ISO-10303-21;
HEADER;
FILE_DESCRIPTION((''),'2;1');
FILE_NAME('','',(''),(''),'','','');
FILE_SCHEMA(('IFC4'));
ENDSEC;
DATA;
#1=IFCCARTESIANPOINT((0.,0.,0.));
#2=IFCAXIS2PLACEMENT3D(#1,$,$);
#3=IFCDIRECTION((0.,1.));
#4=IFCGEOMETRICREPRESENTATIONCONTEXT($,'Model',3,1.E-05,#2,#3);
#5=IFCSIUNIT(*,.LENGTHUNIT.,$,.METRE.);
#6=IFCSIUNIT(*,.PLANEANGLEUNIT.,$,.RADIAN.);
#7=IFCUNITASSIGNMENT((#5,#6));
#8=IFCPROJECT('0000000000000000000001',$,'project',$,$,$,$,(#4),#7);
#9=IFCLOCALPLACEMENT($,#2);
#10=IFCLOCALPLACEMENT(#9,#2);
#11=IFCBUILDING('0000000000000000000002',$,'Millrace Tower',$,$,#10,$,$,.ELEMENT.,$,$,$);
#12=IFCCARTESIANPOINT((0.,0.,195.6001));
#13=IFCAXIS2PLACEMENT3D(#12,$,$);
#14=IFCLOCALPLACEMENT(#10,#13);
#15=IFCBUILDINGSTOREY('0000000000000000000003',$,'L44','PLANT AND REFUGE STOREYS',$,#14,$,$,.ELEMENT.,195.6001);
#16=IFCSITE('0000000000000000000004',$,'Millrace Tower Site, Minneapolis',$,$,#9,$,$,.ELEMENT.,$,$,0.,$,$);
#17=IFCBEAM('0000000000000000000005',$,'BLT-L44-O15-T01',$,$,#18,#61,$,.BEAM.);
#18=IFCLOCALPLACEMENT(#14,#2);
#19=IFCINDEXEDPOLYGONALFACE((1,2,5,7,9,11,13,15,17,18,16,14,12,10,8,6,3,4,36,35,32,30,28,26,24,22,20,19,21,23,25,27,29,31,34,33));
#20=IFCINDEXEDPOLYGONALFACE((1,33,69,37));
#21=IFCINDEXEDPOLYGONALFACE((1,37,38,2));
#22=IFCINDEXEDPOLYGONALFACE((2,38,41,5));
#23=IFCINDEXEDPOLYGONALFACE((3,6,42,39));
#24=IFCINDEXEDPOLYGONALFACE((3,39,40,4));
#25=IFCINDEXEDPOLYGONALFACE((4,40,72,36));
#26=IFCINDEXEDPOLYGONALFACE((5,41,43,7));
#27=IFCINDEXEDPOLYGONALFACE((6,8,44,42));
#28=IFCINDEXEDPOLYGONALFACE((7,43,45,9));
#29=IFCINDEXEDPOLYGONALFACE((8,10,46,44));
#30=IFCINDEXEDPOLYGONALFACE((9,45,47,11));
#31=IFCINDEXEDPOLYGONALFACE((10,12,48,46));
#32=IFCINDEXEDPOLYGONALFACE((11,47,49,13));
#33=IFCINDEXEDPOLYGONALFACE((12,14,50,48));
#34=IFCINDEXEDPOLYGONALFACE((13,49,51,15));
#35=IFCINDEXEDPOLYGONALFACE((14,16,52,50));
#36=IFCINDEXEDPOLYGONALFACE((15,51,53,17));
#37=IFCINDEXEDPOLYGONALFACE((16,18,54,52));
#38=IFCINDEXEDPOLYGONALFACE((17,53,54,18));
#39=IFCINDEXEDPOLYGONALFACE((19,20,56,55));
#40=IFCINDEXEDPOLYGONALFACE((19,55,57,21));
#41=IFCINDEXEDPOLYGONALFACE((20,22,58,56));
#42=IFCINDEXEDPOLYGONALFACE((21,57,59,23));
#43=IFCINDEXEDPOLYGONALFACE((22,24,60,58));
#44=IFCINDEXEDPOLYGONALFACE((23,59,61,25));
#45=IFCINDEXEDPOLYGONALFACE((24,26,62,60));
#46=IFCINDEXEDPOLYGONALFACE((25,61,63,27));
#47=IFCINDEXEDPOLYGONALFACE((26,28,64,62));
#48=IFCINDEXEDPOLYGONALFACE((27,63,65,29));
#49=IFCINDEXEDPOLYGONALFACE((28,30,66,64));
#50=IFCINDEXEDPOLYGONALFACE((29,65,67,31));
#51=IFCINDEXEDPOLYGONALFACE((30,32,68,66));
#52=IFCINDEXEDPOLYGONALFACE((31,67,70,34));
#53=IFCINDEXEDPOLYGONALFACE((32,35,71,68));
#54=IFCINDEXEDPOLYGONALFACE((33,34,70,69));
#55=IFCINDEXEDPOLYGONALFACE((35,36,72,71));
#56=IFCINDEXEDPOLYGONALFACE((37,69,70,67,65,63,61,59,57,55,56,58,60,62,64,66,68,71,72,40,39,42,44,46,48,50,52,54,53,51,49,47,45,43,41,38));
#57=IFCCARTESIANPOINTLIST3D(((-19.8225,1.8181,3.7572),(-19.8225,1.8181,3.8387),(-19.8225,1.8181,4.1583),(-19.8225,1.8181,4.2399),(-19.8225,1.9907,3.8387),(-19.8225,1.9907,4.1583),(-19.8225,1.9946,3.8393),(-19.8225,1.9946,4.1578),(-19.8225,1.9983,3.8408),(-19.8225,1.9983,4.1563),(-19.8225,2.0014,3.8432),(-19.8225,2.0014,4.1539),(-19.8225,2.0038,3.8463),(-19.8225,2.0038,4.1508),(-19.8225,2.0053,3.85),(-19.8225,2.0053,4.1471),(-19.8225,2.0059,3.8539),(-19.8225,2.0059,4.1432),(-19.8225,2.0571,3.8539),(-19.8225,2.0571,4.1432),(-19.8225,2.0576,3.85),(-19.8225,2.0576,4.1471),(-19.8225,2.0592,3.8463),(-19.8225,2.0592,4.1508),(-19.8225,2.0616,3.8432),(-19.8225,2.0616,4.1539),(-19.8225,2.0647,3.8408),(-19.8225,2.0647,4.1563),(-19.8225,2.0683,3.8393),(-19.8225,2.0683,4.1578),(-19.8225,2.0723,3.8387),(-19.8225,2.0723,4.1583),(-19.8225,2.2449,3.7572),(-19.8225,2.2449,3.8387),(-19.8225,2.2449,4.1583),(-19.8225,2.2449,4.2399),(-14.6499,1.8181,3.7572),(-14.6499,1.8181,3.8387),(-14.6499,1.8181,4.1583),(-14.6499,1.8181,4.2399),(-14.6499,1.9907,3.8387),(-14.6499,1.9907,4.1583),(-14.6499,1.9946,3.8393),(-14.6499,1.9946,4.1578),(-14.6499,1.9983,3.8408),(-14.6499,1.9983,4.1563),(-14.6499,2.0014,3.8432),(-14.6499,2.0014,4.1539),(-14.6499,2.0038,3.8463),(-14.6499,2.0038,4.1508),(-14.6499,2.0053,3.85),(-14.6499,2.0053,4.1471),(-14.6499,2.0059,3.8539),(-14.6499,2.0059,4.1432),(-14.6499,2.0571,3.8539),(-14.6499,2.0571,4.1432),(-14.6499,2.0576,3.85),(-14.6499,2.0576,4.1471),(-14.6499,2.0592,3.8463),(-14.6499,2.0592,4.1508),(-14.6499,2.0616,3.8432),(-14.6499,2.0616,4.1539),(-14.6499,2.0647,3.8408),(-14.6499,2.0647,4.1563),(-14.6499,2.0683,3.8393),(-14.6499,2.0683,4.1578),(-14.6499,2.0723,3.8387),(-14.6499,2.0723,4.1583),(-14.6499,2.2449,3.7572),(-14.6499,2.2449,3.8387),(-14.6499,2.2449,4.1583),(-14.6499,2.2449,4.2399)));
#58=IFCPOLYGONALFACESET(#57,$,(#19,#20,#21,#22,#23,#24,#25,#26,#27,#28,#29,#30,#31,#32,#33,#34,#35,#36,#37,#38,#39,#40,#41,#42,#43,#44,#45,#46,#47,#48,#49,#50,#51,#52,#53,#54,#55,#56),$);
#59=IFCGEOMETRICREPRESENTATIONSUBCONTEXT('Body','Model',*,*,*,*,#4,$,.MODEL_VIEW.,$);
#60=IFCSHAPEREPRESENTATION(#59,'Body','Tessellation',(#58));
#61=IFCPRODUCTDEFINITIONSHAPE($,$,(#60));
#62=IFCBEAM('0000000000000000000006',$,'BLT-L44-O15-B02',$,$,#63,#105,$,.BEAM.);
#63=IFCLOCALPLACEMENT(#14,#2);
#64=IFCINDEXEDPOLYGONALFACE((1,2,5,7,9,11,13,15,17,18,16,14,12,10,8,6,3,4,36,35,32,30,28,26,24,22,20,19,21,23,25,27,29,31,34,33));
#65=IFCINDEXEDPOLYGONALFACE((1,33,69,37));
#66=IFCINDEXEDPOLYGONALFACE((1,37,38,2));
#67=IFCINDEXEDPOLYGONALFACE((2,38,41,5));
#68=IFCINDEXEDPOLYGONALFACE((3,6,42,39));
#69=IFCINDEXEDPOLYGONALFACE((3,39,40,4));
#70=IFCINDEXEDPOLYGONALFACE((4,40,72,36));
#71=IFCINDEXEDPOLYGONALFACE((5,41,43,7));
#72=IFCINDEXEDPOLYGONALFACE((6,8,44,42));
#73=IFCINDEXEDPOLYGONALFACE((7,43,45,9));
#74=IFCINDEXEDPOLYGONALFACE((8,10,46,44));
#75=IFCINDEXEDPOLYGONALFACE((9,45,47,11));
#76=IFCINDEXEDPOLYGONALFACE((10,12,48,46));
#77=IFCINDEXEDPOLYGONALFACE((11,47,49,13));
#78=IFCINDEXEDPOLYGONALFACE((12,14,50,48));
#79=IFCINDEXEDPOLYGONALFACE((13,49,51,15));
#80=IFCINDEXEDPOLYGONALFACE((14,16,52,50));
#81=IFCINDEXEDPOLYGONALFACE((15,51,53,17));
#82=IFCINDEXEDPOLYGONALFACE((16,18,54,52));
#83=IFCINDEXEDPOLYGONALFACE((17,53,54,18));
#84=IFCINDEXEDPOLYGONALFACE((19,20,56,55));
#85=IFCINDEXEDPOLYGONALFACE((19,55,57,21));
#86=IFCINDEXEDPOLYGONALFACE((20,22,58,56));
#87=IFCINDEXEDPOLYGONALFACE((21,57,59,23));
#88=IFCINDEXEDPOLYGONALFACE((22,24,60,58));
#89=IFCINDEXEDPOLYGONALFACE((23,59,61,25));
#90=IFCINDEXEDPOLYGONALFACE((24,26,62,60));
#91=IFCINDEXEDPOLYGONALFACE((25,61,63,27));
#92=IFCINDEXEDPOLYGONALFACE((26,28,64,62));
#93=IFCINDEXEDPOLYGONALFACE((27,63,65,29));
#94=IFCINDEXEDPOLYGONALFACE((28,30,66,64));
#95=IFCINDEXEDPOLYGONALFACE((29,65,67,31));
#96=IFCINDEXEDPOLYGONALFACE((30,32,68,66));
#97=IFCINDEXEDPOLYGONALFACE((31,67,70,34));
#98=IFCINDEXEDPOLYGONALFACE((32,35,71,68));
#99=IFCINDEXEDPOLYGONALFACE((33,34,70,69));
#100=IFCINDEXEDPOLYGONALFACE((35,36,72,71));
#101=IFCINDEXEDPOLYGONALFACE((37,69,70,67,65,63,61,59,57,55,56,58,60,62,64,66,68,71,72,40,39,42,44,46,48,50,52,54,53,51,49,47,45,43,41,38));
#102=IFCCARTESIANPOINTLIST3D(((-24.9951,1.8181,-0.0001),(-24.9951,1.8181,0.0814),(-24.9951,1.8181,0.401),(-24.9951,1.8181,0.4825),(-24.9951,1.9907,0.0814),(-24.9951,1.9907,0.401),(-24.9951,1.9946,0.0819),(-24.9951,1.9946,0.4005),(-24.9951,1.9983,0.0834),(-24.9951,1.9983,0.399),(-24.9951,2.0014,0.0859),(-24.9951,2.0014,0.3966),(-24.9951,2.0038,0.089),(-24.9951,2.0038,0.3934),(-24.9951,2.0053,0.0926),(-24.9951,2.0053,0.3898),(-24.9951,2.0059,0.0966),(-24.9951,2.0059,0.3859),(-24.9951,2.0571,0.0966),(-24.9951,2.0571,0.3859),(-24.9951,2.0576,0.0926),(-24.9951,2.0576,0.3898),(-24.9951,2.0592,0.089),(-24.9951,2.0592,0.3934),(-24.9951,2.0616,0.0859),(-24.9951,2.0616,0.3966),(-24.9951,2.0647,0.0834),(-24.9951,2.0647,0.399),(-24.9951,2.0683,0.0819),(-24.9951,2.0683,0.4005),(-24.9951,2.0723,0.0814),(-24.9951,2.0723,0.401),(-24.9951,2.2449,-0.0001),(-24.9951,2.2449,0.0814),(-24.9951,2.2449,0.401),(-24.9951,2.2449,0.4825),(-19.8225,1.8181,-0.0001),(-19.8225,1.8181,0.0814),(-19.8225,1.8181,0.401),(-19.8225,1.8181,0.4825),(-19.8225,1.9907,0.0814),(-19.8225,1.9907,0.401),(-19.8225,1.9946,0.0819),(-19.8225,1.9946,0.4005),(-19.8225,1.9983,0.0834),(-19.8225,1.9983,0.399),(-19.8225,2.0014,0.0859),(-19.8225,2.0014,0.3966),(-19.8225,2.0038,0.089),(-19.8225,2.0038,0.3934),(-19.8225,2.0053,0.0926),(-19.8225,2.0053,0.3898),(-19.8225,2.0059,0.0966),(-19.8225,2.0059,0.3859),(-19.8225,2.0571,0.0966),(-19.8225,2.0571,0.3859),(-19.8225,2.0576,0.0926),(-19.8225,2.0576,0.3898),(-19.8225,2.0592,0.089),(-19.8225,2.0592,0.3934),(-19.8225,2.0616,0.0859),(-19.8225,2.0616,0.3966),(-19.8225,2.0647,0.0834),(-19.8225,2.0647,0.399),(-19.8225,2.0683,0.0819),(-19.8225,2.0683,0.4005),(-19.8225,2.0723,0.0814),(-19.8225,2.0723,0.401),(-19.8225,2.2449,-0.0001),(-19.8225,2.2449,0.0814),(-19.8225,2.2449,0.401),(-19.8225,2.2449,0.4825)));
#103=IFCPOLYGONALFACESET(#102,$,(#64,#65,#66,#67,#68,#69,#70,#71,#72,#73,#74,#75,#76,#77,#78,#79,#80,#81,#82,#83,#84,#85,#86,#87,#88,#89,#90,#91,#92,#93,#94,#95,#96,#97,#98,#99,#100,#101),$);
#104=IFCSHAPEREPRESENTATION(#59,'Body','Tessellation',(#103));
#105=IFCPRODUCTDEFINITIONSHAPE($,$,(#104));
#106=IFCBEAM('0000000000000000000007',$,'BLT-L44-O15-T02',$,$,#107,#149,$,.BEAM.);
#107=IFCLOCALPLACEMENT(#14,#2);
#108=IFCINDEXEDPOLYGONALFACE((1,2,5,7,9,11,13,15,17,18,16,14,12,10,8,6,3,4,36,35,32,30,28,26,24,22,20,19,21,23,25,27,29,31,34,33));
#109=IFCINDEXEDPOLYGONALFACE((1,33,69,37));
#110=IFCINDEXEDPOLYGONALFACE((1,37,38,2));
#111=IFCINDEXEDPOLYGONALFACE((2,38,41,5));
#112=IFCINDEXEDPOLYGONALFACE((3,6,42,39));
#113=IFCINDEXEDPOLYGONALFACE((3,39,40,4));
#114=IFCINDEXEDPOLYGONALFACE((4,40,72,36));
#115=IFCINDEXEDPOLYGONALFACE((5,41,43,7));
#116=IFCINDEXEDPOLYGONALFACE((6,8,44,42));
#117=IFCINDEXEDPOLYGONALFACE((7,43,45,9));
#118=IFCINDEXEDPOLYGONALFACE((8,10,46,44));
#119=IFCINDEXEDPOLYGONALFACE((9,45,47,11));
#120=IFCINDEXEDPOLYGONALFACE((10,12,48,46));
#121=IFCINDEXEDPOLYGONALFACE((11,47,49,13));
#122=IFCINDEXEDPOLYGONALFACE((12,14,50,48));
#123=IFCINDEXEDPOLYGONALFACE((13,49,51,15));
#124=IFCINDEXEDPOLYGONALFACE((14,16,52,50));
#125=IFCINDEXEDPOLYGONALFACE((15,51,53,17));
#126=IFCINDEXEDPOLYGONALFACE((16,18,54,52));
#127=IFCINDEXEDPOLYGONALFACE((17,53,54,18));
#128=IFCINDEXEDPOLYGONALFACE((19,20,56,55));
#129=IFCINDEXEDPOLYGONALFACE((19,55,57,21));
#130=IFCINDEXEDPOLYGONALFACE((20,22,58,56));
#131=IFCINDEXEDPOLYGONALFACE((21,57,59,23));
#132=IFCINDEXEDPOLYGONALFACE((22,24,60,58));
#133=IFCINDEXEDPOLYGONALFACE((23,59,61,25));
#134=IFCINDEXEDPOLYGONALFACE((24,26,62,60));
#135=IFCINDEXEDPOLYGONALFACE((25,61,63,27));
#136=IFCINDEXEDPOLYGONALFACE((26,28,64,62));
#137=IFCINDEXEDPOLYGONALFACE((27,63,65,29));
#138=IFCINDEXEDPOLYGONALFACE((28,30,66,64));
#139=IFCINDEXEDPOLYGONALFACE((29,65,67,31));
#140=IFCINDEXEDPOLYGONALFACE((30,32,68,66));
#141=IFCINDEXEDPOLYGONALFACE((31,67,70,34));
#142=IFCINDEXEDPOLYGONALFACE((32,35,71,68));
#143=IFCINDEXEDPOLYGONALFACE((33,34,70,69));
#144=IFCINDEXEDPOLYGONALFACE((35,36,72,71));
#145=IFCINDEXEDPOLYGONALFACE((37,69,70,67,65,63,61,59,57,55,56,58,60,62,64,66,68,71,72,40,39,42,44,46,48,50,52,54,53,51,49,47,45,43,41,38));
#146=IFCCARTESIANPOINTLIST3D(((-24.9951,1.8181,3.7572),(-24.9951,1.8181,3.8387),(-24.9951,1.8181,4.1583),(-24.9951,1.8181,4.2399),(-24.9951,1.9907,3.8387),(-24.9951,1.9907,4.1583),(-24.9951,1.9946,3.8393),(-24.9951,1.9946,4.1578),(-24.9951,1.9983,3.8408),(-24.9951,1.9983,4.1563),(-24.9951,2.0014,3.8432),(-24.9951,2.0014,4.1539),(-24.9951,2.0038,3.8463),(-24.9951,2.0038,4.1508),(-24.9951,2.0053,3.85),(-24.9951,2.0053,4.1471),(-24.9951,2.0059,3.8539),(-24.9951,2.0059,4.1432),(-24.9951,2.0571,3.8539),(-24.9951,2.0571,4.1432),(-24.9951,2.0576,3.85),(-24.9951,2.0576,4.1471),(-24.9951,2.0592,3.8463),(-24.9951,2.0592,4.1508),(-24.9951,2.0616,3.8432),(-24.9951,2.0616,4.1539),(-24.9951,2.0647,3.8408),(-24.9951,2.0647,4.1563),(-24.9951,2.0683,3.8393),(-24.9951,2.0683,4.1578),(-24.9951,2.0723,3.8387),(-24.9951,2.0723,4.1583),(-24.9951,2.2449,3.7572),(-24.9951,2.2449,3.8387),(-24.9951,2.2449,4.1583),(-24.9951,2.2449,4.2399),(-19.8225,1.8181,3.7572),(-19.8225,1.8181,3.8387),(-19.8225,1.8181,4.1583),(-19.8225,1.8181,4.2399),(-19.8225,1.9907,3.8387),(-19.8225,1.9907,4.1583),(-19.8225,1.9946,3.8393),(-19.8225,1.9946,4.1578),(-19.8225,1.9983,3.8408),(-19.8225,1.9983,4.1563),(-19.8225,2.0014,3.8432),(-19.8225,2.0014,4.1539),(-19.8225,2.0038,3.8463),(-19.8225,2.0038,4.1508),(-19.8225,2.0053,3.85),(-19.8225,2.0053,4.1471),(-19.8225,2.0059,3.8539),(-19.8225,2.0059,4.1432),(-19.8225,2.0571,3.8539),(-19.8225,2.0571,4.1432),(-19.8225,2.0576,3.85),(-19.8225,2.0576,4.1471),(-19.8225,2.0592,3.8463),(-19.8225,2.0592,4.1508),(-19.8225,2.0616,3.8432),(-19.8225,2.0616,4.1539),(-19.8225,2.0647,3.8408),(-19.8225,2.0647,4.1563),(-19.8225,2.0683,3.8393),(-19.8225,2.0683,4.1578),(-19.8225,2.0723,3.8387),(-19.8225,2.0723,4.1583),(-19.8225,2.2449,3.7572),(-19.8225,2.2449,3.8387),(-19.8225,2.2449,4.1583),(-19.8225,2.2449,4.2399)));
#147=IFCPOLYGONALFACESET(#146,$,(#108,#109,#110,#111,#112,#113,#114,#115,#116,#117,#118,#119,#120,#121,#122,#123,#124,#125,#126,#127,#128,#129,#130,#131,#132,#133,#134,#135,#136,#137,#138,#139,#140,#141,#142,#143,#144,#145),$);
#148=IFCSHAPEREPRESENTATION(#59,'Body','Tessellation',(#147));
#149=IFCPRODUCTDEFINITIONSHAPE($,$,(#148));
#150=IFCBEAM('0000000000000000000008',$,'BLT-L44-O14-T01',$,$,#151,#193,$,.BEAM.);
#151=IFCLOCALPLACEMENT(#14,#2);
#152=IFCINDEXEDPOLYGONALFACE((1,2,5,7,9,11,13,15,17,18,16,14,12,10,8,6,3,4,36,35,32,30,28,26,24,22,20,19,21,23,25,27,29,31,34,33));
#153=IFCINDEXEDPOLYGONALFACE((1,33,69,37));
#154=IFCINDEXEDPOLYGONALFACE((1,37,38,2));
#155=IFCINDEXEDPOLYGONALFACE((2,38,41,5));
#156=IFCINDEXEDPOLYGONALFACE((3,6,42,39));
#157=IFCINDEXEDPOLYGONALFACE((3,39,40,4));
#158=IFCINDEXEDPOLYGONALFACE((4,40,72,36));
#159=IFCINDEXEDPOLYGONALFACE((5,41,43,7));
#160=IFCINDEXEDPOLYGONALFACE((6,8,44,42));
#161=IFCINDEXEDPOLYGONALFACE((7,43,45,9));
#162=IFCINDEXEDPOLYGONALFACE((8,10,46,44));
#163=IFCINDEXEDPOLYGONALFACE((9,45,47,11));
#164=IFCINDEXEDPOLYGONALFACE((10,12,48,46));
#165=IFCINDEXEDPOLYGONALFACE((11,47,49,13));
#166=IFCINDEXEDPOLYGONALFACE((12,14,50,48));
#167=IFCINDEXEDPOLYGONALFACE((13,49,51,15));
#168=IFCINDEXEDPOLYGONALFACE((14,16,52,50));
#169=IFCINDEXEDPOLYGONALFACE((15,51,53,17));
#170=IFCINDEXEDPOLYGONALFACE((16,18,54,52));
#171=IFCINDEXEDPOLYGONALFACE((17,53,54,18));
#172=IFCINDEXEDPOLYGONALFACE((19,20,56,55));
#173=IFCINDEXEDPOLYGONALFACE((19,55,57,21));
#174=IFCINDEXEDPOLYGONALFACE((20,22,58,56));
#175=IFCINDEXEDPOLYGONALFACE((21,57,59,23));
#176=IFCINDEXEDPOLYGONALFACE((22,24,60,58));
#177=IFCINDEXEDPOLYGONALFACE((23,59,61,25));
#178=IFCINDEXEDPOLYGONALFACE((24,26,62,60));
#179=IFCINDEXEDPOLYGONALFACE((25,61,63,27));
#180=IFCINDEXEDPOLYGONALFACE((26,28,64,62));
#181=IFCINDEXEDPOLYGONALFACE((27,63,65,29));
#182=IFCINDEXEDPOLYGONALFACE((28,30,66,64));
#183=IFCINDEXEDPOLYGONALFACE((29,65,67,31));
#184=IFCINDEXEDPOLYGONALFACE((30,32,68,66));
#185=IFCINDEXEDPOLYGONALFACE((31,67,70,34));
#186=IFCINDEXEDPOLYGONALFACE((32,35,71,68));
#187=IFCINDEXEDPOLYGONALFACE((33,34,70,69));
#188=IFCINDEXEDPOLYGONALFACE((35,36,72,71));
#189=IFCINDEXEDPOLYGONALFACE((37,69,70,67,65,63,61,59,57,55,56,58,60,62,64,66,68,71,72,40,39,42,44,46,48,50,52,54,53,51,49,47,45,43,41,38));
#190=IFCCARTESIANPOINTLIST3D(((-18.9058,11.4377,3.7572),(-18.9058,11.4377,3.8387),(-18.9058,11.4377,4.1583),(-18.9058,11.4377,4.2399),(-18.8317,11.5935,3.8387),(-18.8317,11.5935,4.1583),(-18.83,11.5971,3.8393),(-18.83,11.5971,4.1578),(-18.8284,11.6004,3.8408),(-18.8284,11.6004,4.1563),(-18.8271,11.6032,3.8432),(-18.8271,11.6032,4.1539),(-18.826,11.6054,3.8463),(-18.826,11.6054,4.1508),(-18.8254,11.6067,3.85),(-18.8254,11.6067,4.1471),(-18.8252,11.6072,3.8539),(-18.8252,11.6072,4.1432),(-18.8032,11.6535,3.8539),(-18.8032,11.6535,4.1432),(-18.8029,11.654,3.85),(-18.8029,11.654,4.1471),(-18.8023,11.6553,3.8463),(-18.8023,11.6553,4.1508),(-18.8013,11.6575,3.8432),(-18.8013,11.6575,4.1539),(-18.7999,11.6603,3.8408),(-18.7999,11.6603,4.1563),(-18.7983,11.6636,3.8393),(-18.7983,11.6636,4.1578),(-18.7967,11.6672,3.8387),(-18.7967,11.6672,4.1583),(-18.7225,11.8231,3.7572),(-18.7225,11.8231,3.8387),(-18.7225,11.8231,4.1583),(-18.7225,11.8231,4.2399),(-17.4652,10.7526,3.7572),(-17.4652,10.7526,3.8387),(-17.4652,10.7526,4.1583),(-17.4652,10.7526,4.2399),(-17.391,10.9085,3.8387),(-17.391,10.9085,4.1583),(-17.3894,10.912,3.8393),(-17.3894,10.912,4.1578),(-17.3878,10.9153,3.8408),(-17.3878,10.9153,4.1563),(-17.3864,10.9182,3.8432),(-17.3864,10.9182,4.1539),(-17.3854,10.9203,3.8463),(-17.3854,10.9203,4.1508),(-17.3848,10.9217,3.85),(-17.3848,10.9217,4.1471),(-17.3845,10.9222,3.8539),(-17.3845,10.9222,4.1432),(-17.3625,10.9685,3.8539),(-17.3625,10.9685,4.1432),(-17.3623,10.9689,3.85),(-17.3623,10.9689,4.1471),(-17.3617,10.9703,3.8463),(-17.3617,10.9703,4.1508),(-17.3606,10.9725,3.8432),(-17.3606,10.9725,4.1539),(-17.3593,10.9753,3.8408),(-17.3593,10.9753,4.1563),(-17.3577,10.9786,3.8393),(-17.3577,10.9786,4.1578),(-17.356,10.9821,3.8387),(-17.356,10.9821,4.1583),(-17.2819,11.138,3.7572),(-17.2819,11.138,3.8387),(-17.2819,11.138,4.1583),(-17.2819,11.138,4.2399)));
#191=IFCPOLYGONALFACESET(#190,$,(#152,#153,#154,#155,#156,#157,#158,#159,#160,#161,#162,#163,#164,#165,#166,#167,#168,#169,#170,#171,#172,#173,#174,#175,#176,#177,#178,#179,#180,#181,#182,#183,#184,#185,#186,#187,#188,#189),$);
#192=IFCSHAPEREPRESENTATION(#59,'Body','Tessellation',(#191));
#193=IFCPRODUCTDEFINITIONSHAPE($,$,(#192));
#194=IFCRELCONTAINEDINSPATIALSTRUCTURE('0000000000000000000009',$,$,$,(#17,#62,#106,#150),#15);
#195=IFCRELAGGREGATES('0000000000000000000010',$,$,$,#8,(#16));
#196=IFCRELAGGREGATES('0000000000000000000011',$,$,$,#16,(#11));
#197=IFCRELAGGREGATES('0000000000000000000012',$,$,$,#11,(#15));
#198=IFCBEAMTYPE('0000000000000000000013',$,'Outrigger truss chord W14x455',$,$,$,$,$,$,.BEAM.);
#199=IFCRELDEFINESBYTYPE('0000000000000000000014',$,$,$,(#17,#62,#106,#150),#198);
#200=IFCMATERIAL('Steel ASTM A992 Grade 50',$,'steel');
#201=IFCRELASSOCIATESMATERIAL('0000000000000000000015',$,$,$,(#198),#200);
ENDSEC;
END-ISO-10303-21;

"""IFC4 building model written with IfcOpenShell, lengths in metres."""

from ifc_helpers import new_model, si_unit, direction, frame, origin, origin_2d, place, context, subcontext, project, spatial, i_section, extrude, material, material_profile, profile_set, type_object, element, save


model = new_model("IFC4")

# Units and contexts
model_context = context("Model", 3, precision=1e-05, world=origin(), true_north=direction((0.0, 1.0)))
body_context = subcontext(model_context, "Body", "Model", "MODEL_VIEW")
ifc_project = project(units=[si_unit("LENGTHUNIT", "METRE"), si_unit("PLANEANGLEUNIT", "RADIAN")], contexts=[model_context])

# Site, building, storey
site_placement = place(None, origin())
site = spatial("IfcSite", under=ifc_project, at=site_placement, Name="Millrace Tower Site, Minneapolis", CompositionType="ELEMENT", RefElevation=0.0)
building_placement = place(site_placement, origin())
building = spatial("IfcBuilding", under=site, at=building_placement, Name="Millrace Tower", CompositionType="ELEMENT")
storey_placement = place(building_placement, frame((0.0, 0.0, 195.6001)))
storey = spatial("IfcBuildingStorey", under=building, at=storey_placement, Name="L44", Description="PLANT AND REFUGE STOREYS", CompositionType="ELEMENT", Elevation=195.6001)

# Beams
ifc_material_1 = material(Name="Steel ASTM A992 Grade 50", Category="steel")
ifc_material_profile_1 = material_profile(ifc_material_1, i_section(OverallWidth=0.4268, OverallDepth=0.4827, WebThickness=0.0513, FlangeThickness=0.0815, FilletRadius=0.0151, at=origin_2d()))
ifc_profile_set_1 = profile_set([ifc_material_profile_1], Name="Steel ASTM A992 Grade 50")
beam_type_1 = type_object("IfcBeamType", Name="Outrigger truss chord W14x455", PredefinedType="BEAM", material=ifc_profile_set_1)
for number, where, z_axis, x_axis, name in (
    (1, (-14.6499, 2.0315, 3.9985), (-1.0, 0.0, 0.0), (0.0, -1.0, 0.0), "BLT-L44-O15-T01"),
    (2, (-19.8225, 2.0315, 0.2412), (-1.0, 0.0, 0.0), (0.0, -1.0, 0.0), "BLT-L44-O15-B02"),
    (3, (-19.8225, 2.0315, 3.9985), (-1.0, 0.0, 0.0), (0.0, -1.0, 0.0), "BLT-L44-O15-T02"),
):
    element("IfcBeam", number, at=place(storey_placement, frame(where, z_axis=z_axis, x_axis=x_axis)), inside=storey, type_object=beam_type_1, Name=name, PredefinedType="BEAM", context=body_context, shape_type="SweptSolid", body=[
        extrude(i_section(OverallWidth=0.4268, OverallDepth=0.4827, WebThickness=0.0513, FlangeThickness=0.0815, FilletRadius=0.0151, at=origin_2d()), origin(), (0.0, 0.0, 1.0), 5.1726),
    ])
beam_1_placement = place(storey_placement, frame((-17.3735, 10.9453, 3.9985), z_axis=(-0.903098, 0.429435, 0.0), x_axis=(-0.429435, -0.903098, 0.0)))
element("IfcBeam", 4, at=beam_1_placement, inside=storey, type_object=beam_type_1, Name="BLT-L44-O14-T01", PredefinedType="BEAM", context=body_context, shape_type="SweptSolid", body=[
    extrude(i_section(OverallWidth=0.4268, OverallDepth=0.4827, WebThickness=0.0513, FlangeThickness=0.0815, FilletRadius=0.0151, at=origin_2d()), origin(), (0.0, 0.0, 1.0), 1.5952),
])

save(model, "model.ifc")
